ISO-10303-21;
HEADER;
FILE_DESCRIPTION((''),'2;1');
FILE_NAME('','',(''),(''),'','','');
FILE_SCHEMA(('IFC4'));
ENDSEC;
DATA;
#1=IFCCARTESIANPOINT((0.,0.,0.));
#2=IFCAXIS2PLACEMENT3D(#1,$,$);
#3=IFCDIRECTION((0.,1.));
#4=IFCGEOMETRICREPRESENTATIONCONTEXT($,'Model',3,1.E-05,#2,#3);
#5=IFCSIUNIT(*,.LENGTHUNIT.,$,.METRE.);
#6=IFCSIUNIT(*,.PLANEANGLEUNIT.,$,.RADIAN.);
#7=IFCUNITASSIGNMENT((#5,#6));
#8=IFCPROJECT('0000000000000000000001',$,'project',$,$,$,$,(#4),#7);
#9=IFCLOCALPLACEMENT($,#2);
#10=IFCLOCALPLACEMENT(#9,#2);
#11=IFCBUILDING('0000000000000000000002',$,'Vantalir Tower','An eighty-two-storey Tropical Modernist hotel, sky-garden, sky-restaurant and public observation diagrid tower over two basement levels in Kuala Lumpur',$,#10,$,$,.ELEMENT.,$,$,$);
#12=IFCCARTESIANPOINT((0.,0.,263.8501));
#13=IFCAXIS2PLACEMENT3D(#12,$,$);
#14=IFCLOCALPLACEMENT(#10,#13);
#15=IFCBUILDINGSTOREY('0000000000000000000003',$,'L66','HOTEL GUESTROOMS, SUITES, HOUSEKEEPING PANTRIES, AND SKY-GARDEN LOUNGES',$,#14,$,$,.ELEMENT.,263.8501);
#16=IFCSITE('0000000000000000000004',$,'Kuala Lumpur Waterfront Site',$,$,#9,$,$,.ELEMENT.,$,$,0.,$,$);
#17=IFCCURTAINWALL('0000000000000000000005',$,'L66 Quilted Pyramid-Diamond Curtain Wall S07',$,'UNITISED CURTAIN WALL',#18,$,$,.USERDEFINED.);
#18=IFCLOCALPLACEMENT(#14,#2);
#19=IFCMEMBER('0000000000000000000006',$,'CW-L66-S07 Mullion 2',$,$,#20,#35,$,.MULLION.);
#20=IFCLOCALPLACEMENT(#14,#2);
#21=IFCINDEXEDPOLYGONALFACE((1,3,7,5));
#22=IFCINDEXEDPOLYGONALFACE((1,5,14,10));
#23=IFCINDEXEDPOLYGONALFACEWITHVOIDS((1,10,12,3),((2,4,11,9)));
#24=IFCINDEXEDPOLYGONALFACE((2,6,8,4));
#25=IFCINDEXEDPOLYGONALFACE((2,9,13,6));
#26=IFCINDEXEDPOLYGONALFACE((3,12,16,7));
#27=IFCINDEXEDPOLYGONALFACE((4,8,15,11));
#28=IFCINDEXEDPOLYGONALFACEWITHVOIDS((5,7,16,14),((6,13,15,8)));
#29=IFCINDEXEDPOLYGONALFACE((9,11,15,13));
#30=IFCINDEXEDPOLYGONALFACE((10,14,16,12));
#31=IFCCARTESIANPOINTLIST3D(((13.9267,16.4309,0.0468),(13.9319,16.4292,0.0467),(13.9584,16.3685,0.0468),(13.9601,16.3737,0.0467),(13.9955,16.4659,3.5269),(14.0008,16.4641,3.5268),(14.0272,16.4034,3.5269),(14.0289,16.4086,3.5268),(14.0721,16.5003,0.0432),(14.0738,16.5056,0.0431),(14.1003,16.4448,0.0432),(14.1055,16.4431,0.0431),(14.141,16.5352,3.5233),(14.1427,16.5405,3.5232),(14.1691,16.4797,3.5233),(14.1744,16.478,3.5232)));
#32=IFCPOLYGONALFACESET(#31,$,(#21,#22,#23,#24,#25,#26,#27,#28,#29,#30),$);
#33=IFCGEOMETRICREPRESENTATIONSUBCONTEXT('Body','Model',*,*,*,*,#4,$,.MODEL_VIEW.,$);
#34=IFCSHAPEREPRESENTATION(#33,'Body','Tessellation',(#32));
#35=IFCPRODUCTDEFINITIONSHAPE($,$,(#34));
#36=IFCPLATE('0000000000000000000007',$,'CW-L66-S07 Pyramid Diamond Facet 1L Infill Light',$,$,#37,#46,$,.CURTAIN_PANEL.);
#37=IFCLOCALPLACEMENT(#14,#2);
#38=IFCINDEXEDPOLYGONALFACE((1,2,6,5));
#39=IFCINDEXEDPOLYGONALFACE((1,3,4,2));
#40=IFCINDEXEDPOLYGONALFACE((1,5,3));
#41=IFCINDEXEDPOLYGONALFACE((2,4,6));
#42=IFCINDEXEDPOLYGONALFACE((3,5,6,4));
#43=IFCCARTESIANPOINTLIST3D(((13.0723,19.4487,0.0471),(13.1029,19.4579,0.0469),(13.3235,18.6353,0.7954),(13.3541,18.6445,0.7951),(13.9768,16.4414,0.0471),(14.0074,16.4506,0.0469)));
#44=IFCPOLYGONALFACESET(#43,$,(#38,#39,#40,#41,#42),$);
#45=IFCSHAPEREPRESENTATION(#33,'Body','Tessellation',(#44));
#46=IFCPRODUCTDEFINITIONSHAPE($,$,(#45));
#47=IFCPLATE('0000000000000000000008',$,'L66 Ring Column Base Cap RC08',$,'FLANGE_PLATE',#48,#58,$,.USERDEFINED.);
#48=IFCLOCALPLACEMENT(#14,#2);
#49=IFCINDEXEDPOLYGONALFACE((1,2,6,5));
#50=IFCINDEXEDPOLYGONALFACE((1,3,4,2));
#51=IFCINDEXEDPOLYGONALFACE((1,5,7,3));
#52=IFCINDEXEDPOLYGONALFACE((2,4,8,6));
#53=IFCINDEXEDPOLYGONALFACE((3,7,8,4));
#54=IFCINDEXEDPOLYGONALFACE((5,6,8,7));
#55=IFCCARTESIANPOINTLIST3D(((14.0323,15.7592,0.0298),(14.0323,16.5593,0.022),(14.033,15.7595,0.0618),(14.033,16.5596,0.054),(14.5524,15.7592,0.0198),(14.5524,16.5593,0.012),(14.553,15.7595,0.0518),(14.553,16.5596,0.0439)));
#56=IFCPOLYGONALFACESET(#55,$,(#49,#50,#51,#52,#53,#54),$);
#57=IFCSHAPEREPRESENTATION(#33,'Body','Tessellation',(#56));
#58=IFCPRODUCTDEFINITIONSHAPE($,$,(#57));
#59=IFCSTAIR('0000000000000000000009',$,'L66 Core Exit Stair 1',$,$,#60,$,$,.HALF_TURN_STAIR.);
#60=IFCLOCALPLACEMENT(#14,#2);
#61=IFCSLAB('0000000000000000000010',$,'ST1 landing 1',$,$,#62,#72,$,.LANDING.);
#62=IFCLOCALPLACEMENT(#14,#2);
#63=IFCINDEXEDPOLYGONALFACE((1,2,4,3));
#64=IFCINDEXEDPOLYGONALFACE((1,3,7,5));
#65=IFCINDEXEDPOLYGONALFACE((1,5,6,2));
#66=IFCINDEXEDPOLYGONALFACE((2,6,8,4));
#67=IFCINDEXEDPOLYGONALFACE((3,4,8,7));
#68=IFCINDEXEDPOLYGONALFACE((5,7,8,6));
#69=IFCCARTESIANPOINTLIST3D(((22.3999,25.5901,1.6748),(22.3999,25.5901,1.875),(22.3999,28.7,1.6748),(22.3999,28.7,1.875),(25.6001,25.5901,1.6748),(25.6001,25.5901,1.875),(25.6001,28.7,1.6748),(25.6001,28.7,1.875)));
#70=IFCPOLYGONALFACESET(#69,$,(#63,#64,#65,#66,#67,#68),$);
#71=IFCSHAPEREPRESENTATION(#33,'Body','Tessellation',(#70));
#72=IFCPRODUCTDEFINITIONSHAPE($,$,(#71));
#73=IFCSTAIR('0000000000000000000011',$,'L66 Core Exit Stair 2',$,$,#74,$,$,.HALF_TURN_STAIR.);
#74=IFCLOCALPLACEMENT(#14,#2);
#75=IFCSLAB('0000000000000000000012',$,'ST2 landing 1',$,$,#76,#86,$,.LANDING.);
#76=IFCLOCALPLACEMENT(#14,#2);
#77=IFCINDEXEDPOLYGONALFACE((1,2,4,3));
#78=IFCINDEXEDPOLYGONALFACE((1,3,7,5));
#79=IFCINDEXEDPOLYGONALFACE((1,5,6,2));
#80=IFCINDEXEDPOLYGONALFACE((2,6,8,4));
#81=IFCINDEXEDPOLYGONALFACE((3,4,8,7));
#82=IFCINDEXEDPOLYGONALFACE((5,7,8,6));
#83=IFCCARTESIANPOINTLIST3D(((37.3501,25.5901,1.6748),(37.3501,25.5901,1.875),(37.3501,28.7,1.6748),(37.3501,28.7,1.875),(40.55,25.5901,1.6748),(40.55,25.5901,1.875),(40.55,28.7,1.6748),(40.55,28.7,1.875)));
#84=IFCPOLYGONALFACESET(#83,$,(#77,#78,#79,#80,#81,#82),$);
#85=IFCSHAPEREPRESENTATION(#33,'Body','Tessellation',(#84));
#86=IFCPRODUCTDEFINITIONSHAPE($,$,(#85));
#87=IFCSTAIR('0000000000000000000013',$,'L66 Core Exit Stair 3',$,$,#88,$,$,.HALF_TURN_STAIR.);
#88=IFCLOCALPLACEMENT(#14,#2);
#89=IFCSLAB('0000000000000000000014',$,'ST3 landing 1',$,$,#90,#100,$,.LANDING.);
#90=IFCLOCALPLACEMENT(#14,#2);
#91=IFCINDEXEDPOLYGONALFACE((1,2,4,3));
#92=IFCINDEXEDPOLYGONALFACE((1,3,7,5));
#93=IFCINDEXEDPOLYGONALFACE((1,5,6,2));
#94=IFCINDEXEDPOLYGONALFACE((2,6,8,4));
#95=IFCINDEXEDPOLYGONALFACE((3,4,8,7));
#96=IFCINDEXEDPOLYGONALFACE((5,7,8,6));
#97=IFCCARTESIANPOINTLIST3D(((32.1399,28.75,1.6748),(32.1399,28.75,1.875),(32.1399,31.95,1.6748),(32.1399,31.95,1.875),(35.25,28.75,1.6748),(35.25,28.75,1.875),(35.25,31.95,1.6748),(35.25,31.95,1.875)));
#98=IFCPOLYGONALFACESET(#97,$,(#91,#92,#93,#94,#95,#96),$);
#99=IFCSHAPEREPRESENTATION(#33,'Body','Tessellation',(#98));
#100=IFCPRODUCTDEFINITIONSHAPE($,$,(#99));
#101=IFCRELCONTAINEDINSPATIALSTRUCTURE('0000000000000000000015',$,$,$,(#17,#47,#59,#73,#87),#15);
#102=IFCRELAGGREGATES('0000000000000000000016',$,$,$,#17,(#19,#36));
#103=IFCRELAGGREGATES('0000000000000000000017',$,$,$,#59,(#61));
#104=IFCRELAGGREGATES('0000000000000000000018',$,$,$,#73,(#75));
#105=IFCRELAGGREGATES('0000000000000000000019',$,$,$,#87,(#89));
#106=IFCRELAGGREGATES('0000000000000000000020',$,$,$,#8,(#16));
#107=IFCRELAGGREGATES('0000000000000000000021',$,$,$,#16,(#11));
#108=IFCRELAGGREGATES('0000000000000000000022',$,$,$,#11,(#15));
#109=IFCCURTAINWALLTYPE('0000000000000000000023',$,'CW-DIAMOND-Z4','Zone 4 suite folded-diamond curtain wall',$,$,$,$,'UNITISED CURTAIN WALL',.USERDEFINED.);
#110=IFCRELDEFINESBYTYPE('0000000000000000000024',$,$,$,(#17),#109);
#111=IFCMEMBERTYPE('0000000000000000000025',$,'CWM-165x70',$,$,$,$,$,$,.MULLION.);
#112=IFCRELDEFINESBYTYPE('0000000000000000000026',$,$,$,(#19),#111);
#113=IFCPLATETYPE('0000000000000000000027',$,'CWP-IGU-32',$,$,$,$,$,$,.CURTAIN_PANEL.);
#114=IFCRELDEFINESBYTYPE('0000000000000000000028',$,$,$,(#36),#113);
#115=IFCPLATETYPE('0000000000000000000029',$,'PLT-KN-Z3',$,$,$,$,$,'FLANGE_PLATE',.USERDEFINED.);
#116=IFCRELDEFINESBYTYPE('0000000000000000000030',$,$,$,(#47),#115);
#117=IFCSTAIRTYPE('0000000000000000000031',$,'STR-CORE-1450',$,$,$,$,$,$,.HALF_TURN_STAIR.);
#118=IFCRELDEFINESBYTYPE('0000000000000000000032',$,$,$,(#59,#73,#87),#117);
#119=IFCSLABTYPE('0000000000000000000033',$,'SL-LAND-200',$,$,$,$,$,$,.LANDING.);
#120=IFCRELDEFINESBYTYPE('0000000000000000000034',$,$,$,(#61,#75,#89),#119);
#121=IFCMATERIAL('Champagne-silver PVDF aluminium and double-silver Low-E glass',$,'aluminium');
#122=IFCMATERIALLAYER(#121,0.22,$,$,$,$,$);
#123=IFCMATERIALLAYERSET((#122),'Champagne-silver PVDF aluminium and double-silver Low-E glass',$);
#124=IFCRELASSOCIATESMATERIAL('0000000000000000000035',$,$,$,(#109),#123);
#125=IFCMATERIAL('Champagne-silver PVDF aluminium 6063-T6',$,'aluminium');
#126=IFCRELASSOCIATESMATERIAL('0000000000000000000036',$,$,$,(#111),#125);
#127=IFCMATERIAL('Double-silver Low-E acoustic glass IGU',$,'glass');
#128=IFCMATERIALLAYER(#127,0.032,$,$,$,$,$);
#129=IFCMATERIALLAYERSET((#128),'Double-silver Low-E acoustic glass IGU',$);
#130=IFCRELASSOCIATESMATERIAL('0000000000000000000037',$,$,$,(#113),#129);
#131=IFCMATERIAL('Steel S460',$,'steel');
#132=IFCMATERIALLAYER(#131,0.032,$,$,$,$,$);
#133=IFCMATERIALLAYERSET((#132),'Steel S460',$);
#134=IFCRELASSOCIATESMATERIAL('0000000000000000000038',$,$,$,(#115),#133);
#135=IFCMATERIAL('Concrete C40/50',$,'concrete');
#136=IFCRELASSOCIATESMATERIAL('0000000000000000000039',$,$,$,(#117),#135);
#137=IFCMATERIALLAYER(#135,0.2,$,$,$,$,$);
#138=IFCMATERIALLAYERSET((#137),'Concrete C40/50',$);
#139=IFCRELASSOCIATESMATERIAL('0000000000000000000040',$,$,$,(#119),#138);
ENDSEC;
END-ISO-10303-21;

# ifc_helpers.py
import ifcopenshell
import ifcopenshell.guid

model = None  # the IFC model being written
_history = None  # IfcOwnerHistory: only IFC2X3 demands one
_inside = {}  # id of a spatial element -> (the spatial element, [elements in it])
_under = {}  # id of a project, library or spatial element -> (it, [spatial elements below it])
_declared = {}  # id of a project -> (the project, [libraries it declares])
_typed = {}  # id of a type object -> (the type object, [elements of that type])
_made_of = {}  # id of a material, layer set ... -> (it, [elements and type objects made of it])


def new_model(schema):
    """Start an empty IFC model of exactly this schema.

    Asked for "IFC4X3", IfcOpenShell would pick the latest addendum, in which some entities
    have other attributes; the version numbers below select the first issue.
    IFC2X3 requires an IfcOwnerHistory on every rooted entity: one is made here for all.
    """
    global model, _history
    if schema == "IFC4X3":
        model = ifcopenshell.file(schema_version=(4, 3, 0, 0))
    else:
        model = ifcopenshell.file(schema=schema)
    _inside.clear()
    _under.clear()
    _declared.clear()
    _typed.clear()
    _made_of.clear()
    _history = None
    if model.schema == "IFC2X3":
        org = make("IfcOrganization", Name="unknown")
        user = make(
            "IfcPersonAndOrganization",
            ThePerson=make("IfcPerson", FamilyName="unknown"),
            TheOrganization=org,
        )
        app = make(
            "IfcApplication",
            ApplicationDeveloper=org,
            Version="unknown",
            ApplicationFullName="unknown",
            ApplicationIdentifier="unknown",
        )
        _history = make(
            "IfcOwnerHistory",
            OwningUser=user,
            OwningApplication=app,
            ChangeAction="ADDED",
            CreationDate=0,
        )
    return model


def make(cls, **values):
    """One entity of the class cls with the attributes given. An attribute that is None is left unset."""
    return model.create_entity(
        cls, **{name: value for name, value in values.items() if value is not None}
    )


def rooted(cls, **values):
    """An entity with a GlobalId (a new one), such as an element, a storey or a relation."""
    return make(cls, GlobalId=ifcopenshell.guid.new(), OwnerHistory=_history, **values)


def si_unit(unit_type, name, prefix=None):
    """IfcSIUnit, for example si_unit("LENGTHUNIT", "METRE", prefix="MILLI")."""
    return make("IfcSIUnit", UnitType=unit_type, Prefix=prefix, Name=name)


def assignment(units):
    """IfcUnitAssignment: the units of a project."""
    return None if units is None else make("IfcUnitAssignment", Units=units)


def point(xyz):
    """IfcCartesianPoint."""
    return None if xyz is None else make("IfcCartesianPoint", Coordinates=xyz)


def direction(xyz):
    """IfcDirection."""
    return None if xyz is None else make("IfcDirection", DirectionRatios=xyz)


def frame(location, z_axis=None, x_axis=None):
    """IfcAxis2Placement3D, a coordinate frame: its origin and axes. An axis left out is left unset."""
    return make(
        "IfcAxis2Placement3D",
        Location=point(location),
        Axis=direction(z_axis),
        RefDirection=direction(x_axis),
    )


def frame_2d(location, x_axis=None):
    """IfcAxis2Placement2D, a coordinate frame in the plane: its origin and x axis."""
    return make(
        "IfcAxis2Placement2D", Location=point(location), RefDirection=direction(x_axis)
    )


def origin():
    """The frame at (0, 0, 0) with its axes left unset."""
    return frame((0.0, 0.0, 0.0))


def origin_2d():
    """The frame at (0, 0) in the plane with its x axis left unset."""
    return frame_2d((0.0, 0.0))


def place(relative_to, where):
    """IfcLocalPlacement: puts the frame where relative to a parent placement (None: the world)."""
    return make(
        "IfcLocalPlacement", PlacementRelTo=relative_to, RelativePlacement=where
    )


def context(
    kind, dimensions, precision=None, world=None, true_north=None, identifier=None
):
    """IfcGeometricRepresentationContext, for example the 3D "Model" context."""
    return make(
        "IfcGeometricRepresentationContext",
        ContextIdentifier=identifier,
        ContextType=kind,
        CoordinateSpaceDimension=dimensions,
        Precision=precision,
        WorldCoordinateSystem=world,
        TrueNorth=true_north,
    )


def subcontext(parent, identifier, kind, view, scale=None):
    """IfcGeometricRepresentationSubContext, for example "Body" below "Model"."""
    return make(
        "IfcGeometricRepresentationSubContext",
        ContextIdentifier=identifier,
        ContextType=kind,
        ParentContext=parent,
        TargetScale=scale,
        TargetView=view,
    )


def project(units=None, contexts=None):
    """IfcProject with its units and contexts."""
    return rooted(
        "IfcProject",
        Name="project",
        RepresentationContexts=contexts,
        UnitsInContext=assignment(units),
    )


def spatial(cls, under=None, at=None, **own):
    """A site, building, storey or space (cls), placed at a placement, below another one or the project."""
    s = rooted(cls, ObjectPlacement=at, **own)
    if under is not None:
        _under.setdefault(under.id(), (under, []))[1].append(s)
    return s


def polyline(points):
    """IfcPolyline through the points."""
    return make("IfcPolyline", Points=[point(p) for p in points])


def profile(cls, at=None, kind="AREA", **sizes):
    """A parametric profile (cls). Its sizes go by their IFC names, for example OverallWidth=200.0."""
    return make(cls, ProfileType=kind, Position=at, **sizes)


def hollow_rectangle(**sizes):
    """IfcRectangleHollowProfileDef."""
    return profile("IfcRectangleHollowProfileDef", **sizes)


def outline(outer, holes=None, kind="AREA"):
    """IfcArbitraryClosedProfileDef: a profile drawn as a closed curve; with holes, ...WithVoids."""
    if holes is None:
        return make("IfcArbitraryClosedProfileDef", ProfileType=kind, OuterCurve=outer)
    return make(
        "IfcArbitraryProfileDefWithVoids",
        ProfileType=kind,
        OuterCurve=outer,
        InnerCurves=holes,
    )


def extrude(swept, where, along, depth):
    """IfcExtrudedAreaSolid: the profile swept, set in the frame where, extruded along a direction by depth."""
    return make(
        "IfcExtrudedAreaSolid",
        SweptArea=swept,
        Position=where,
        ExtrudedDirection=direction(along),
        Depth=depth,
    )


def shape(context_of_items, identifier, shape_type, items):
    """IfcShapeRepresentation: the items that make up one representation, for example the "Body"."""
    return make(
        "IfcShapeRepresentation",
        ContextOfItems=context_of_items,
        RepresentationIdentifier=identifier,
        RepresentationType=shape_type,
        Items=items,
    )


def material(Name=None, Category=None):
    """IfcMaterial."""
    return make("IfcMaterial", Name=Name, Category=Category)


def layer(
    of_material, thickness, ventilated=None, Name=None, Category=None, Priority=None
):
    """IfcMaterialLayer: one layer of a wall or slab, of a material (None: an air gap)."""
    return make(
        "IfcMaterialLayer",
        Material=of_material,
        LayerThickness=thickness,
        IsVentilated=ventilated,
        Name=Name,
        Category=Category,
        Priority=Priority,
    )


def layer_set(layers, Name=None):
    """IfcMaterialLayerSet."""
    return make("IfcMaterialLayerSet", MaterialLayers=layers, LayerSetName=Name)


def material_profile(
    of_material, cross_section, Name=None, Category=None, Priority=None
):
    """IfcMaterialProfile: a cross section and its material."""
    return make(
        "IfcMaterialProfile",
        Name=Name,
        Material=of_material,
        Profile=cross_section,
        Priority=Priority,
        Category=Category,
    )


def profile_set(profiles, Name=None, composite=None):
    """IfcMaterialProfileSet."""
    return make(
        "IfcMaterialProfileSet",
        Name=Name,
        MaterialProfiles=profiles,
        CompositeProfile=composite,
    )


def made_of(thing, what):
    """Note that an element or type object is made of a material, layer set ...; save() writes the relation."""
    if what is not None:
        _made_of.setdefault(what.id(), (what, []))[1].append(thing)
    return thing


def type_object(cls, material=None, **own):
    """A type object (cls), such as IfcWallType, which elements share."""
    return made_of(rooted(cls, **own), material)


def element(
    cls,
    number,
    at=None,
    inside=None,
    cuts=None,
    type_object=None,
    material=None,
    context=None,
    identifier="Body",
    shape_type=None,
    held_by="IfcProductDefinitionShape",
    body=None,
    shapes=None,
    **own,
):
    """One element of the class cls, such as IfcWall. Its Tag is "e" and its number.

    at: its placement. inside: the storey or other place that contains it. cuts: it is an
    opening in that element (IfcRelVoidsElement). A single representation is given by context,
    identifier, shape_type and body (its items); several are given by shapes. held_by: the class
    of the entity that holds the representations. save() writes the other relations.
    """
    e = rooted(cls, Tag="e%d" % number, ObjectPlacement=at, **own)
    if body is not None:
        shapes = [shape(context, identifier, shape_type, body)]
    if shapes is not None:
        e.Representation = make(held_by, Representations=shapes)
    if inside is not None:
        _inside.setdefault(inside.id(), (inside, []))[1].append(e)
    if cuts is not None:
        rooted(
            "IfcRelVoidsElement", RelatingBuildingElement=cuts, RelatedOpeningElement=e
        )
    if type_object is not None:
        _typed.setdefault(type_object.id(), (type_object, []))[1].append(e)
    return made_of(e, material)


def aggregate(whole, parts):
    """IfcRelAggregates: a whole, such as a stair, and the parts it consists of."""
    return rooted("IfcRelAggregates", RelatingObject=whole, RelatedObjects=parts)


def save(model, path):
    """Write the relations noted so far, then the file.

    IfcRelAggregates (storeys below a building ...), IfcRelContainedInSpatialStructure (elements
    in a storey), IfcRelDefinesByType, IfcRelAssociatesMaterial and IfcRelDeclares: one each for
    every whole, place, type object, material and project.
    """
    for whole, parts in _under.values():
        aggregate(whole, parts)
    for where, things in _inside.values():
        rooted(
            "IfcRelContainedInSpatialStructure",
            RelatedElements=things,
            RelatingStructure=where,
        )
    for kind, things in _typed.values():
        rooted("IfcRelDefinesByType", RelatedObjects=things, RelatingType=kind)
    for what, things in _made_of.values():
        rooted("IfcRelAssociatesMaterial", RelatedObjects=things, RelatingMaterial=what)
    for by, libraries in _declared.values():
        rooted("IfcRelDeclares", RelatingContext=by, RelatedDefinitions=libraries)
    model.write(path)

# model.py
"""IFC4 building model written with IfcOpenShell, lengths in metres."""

from ifc_helpers import new_model, si_unit, direction, frame, origin, origin_2d, place, context, subcontext, project, spatial, polyline, hollow_rectangle, outline, extrude, material, layer, layer_set, material_profile, profile_set, type_object, element, aggregate, save


model = new_model("IFC4")

# Units and contexts
model_context = context("Model", 3, precision=1e-05, world=origin(), true_north=direction((0.0, 1.0)))
body_context = subcontext(model_context, "Body", "Model", "MODEL_VIEW")
ifc_project = project(units=[si_unit("LENGTHUNIT", "METRE"), si_unit("PLANEANGLEUNIT", "RADIAN")], contexts=[model_context])

# Site, building, storey
site_placement = place(None, origin())
site = spatial("IfcSite", under=ifc_project, at=site_placement, Name="Kuala Lumpur Waterfront Site", CompositionType="ELEMENT", RefElevation=0.0)
building_placement = place(site_placement, origin())
building = spatial("IfcBuilding", under=site, at=building_placement, Name="Vantalir Tower", Description="An eighty-two-storey Tropical Modernist hotel, sky-garden, sky-restaurant and public observation diagrid tower over two basement levels in Kuala Lumpur", CompositionType="ELEMENT")
storey_placement = place(building_placement, frame((0.0, 0.0, 263.8501)))
storey = spatial("IfcBuildingStorey", under=building, at=storey_placement, Name="L66", Description="HOTEL GUESTROOMS, SUITES, HOUSEKEEPING PANTRIES, AND SKY-GARDEN LOUNGES", CompositionType="ELEMENT", Elevation=263.8501)

# Curtain wall, member, plate
ifc_material_1 = material(Name="Champagne-silver PVDF aluminium and double-silver Low-E glass", Category="aluminium")
ifc_layer_1 = layer(ifc_material_1, 0.22)
ifc_layer_set_1 = layer_set([ifc_layer_1], Name="Champagne-silver PVDF aluminium and double-silver Low-E glass")
curtain_wall_type = type_object("IfcCurtainWallType", Name="CW-DIAMOND-Z4", Description="Zone 4 suite folded-diamond curtain wall", ElementType="UNITISED CURTAIN WALL", PredefinedType="USERDEFINED", material=ifc_layer_set_1)
curtain_wall_placement = place(storey_placement, origin())
curtain_wall = element("IfcCurtainWall", 1, at=curtain_wall_placement, inside=storey, type_object=curtain_wall_type, Name="L66 Quilted Pyramid-Diamond Curtain Wall S07", ObjectType="UNITISED CURTAIN WALL", PredefinedType="USERDEFINED")
ifc_material_2 = material(Name="Champagne-silver PVDF aluminium 6063-T6", Category="aluminium")
ifc_material_profile = material_profile(ifc_material_2, hollow_rectangle(XDim=0.0701, YDim=0.165, WallThickness=0.0039, at=origin_2d()), Name="Champagne-silver PVDF aluminium 6063-T6")
ifc_profile_set = profile_set([ifc_material_profile], Name="Champagne-silver PVDF aluminium 6063-T6")
member_type = type_object("IfcMemberType", Name="CWM-165x70", PredefinedType="MULLION", material=ifc_profile_set)
member_placement = place(storey_placement, frame((14.0161, 16.437, 0.0449), z_axis=(0.019779, 0.01003, 0.999754), x_axis=(-0.452267, 0.891883, 0.0)))
member = element("IfcMember", 2, at=member_placement, type_object=member_type, Name="CW-L66-S07 Mullion 2", PredefinedType="MULLION", context=body_context, shape_type="SweptSolid", body=[
    extrude(hollow_rectangle(XDim=0.0701, YDim=0.165, WallThickness=0.0039, at=origin_2d()), origin(), (0.0, 0.0, 1.0), 3.481),
])
ifc_material_3 = material(Name="Double-silver Low-E acoustic glass IGU", Category="glass")
ifc_layer_2 = layer(ifc_material_3, 0.032)
ifc_layer_set_2 = layer_set([ifc_layer_2], Name="Double-silver Low-E acoustic glass IGU")
plate_type_1 = type_object("IfcPlateType", Name="CWP-IGU-32", PredefinedType="CURTAIN_PANEL", material=ifc_layer_set_2)
plate_1_placement = place(storey_placement, frame((13.0723, 19.4487, 0.0471), z_axis=(-0.957587, -0.288022, 0.008374), x_axis=(0.288033, -0.957621, 0.0)))
plate_1 = element("IfcPlate", 3, at=plate_1_placement, type_object=plate_type_1, Name="CW-L66-S07 Pyramid Diamond Facet 1L Infill Light", PredefinedType="CURTAIN_PANEL", context=body_context, shape_type="SweptSolid", body=[
    extrude(outline(polyline([(0.0, 0.0), (3.1404, 0.0), (0.8514, 0.7483), (0.0, 0.0)])), origin(), (0.0, 0.0, -1.0), 0.032),
])
aggregate(curtain_wall, [member, plate_1])

# Plate
ifc_material_4 = material(Name="Steel S460", Category="steel")
ifc_layer_3 = layer(ifc_material_4, 0.032)
ifc_layer_set_3 = layer_set([ifc_layer_3], Name="Steel S460")
plate_type_2 = type_object("IfcPlateType", Name="PLT-KN-Z3", ElementType="FLANGE_PLATE", PredefinedType="USERDEFINED", material=ifc_layer_set_3)
plate_2_placement = place(storey_placement, frame((14.033, 16.5596, 0.054), z_axis=(0.019244, 0.009763, 0.999767), x_axis=(0.0, -0.999952, 0.009765)))
element("IfcPlate", 4, at=plate_2_placement, inside=storey, type_object=plate_type_2, Name="L66 Ring Column Base Cap RC08", ObjectType="FLANGE_PLATE", PredefinedType="USERDEFINED", context=body_context, shape_type="SweptSolid", body=[
    extrude(outline(polyline([(0.0, 0.0), (0.8001, 0.0), (0.8, 0.5201), (-0.0001, 0.5201), (0.0, 0.0)])), origin(), (0.0, 0.0, -1.0), 0.032),
])

# Stairs, slabs
ifc_material_5 = material(Name="Concrete C40/50", Category="concrete")
stair_type = type_object("IfcStairType", Name="STR-CORE-1450", PredefinedType="HALF_TURN_STAIR", material=ifc_material_5)
stair_1_placement = place(storey_placement, origin())
stair_1 = element("IfcStair", 5, at=stair_1_placement, inside=storey, type_object=stair_type, Name="L66 Core Exit Stair 1", PredefinedType="HALF_TURN_STAIR")
ifc_layer_4 = layer(ifc_material_5, 0.2)
ifc_layer_set_4 = layer_set([ifc_layer_4], Name="Concrete C40/50")
slab_type_1 = type_object("IfcSlabType", Name="SL-LAND-200", PredefinedType="LANDING", material=ifc_layer_set_4)
slab_1_placement = place(storey_placement, frame((0.0, 0.0, 1.6748)))
slab_1 = element("IfcSlab", 6, at=slab_1_placement, type_object=slab_type_1, Name="ST1 landing 1", PredefinedType="LANDING", context=body_context, shape_type="SweptSolid", body=[
    extrude(outline(polyline([(25.6001, 25.5901), (25.6001, 28.7), (22.3999, 28.7), (22.3999, 25.5901), (25.6001, 25.5901)])), origin(), (0.0, 0.0, 1.0), 0.2002),
])
aggregate(stair_1, [slab_1])
stair_2_placement = place(storey_placement, origin())
stair_2 = element("IfcStair", 7, at=stair_2_placement, inside=storey, type_object=stair_type, Name="L66 Core Exit Stair 2", PredefinedType="HALF_TURN_STAIR")
slab_2_placement = place(storey_placement, frame((0.0, 0.0, 1.6748)))
slab_2 = element("IfcSlab", 8, at=slab_2_placement, type_object=slab_type_1, Name="ST2 landing 1", PredefinedType="LANDING", context=body_context, shape_type="SweptSolid", body=[
    extrude(outline(polyline([(40.55, 25.5901), (40.55, 28.7), (37.3501, 28.7), (37.3501, 25.5901), (40.55, 25.5901)])), origin(), (0.0, 0.0, 1.0), 0.2002),
])
aggregate(stair_2, [slab_2])
stair_3_placement = place(storey_placement, origin())
stair_3 = element("IfcStair", 9, at=stair_3_placement, inside=storey, type_object=stair_type, Name="L66 Core Exit Stair 3", PredefinedType="HALF_TURN_STAIR")
slab_3_placement = place(storey_placement, frame((0.0, 0.0, 1.6748)))
slab_3 = element("IfcSlab", 10, at=slab_3_placement, type_object=slab_type_1, Name="ST3 landing 1", PredefinedType="LANDING", context=body_context, shape_type="SweptSolid", body=[
    extrude(outline(polyline([(32.1399, 28.75), (35.25, 28.75), (35.25, 31.95), (32.1399, 31.95), (32.1399, 28.75)])), origin(), (0.0, 0.0, 1.0), 0.2002),
])
aggregate(stair_3, [slab_3])

save(model, "model.ifc")
